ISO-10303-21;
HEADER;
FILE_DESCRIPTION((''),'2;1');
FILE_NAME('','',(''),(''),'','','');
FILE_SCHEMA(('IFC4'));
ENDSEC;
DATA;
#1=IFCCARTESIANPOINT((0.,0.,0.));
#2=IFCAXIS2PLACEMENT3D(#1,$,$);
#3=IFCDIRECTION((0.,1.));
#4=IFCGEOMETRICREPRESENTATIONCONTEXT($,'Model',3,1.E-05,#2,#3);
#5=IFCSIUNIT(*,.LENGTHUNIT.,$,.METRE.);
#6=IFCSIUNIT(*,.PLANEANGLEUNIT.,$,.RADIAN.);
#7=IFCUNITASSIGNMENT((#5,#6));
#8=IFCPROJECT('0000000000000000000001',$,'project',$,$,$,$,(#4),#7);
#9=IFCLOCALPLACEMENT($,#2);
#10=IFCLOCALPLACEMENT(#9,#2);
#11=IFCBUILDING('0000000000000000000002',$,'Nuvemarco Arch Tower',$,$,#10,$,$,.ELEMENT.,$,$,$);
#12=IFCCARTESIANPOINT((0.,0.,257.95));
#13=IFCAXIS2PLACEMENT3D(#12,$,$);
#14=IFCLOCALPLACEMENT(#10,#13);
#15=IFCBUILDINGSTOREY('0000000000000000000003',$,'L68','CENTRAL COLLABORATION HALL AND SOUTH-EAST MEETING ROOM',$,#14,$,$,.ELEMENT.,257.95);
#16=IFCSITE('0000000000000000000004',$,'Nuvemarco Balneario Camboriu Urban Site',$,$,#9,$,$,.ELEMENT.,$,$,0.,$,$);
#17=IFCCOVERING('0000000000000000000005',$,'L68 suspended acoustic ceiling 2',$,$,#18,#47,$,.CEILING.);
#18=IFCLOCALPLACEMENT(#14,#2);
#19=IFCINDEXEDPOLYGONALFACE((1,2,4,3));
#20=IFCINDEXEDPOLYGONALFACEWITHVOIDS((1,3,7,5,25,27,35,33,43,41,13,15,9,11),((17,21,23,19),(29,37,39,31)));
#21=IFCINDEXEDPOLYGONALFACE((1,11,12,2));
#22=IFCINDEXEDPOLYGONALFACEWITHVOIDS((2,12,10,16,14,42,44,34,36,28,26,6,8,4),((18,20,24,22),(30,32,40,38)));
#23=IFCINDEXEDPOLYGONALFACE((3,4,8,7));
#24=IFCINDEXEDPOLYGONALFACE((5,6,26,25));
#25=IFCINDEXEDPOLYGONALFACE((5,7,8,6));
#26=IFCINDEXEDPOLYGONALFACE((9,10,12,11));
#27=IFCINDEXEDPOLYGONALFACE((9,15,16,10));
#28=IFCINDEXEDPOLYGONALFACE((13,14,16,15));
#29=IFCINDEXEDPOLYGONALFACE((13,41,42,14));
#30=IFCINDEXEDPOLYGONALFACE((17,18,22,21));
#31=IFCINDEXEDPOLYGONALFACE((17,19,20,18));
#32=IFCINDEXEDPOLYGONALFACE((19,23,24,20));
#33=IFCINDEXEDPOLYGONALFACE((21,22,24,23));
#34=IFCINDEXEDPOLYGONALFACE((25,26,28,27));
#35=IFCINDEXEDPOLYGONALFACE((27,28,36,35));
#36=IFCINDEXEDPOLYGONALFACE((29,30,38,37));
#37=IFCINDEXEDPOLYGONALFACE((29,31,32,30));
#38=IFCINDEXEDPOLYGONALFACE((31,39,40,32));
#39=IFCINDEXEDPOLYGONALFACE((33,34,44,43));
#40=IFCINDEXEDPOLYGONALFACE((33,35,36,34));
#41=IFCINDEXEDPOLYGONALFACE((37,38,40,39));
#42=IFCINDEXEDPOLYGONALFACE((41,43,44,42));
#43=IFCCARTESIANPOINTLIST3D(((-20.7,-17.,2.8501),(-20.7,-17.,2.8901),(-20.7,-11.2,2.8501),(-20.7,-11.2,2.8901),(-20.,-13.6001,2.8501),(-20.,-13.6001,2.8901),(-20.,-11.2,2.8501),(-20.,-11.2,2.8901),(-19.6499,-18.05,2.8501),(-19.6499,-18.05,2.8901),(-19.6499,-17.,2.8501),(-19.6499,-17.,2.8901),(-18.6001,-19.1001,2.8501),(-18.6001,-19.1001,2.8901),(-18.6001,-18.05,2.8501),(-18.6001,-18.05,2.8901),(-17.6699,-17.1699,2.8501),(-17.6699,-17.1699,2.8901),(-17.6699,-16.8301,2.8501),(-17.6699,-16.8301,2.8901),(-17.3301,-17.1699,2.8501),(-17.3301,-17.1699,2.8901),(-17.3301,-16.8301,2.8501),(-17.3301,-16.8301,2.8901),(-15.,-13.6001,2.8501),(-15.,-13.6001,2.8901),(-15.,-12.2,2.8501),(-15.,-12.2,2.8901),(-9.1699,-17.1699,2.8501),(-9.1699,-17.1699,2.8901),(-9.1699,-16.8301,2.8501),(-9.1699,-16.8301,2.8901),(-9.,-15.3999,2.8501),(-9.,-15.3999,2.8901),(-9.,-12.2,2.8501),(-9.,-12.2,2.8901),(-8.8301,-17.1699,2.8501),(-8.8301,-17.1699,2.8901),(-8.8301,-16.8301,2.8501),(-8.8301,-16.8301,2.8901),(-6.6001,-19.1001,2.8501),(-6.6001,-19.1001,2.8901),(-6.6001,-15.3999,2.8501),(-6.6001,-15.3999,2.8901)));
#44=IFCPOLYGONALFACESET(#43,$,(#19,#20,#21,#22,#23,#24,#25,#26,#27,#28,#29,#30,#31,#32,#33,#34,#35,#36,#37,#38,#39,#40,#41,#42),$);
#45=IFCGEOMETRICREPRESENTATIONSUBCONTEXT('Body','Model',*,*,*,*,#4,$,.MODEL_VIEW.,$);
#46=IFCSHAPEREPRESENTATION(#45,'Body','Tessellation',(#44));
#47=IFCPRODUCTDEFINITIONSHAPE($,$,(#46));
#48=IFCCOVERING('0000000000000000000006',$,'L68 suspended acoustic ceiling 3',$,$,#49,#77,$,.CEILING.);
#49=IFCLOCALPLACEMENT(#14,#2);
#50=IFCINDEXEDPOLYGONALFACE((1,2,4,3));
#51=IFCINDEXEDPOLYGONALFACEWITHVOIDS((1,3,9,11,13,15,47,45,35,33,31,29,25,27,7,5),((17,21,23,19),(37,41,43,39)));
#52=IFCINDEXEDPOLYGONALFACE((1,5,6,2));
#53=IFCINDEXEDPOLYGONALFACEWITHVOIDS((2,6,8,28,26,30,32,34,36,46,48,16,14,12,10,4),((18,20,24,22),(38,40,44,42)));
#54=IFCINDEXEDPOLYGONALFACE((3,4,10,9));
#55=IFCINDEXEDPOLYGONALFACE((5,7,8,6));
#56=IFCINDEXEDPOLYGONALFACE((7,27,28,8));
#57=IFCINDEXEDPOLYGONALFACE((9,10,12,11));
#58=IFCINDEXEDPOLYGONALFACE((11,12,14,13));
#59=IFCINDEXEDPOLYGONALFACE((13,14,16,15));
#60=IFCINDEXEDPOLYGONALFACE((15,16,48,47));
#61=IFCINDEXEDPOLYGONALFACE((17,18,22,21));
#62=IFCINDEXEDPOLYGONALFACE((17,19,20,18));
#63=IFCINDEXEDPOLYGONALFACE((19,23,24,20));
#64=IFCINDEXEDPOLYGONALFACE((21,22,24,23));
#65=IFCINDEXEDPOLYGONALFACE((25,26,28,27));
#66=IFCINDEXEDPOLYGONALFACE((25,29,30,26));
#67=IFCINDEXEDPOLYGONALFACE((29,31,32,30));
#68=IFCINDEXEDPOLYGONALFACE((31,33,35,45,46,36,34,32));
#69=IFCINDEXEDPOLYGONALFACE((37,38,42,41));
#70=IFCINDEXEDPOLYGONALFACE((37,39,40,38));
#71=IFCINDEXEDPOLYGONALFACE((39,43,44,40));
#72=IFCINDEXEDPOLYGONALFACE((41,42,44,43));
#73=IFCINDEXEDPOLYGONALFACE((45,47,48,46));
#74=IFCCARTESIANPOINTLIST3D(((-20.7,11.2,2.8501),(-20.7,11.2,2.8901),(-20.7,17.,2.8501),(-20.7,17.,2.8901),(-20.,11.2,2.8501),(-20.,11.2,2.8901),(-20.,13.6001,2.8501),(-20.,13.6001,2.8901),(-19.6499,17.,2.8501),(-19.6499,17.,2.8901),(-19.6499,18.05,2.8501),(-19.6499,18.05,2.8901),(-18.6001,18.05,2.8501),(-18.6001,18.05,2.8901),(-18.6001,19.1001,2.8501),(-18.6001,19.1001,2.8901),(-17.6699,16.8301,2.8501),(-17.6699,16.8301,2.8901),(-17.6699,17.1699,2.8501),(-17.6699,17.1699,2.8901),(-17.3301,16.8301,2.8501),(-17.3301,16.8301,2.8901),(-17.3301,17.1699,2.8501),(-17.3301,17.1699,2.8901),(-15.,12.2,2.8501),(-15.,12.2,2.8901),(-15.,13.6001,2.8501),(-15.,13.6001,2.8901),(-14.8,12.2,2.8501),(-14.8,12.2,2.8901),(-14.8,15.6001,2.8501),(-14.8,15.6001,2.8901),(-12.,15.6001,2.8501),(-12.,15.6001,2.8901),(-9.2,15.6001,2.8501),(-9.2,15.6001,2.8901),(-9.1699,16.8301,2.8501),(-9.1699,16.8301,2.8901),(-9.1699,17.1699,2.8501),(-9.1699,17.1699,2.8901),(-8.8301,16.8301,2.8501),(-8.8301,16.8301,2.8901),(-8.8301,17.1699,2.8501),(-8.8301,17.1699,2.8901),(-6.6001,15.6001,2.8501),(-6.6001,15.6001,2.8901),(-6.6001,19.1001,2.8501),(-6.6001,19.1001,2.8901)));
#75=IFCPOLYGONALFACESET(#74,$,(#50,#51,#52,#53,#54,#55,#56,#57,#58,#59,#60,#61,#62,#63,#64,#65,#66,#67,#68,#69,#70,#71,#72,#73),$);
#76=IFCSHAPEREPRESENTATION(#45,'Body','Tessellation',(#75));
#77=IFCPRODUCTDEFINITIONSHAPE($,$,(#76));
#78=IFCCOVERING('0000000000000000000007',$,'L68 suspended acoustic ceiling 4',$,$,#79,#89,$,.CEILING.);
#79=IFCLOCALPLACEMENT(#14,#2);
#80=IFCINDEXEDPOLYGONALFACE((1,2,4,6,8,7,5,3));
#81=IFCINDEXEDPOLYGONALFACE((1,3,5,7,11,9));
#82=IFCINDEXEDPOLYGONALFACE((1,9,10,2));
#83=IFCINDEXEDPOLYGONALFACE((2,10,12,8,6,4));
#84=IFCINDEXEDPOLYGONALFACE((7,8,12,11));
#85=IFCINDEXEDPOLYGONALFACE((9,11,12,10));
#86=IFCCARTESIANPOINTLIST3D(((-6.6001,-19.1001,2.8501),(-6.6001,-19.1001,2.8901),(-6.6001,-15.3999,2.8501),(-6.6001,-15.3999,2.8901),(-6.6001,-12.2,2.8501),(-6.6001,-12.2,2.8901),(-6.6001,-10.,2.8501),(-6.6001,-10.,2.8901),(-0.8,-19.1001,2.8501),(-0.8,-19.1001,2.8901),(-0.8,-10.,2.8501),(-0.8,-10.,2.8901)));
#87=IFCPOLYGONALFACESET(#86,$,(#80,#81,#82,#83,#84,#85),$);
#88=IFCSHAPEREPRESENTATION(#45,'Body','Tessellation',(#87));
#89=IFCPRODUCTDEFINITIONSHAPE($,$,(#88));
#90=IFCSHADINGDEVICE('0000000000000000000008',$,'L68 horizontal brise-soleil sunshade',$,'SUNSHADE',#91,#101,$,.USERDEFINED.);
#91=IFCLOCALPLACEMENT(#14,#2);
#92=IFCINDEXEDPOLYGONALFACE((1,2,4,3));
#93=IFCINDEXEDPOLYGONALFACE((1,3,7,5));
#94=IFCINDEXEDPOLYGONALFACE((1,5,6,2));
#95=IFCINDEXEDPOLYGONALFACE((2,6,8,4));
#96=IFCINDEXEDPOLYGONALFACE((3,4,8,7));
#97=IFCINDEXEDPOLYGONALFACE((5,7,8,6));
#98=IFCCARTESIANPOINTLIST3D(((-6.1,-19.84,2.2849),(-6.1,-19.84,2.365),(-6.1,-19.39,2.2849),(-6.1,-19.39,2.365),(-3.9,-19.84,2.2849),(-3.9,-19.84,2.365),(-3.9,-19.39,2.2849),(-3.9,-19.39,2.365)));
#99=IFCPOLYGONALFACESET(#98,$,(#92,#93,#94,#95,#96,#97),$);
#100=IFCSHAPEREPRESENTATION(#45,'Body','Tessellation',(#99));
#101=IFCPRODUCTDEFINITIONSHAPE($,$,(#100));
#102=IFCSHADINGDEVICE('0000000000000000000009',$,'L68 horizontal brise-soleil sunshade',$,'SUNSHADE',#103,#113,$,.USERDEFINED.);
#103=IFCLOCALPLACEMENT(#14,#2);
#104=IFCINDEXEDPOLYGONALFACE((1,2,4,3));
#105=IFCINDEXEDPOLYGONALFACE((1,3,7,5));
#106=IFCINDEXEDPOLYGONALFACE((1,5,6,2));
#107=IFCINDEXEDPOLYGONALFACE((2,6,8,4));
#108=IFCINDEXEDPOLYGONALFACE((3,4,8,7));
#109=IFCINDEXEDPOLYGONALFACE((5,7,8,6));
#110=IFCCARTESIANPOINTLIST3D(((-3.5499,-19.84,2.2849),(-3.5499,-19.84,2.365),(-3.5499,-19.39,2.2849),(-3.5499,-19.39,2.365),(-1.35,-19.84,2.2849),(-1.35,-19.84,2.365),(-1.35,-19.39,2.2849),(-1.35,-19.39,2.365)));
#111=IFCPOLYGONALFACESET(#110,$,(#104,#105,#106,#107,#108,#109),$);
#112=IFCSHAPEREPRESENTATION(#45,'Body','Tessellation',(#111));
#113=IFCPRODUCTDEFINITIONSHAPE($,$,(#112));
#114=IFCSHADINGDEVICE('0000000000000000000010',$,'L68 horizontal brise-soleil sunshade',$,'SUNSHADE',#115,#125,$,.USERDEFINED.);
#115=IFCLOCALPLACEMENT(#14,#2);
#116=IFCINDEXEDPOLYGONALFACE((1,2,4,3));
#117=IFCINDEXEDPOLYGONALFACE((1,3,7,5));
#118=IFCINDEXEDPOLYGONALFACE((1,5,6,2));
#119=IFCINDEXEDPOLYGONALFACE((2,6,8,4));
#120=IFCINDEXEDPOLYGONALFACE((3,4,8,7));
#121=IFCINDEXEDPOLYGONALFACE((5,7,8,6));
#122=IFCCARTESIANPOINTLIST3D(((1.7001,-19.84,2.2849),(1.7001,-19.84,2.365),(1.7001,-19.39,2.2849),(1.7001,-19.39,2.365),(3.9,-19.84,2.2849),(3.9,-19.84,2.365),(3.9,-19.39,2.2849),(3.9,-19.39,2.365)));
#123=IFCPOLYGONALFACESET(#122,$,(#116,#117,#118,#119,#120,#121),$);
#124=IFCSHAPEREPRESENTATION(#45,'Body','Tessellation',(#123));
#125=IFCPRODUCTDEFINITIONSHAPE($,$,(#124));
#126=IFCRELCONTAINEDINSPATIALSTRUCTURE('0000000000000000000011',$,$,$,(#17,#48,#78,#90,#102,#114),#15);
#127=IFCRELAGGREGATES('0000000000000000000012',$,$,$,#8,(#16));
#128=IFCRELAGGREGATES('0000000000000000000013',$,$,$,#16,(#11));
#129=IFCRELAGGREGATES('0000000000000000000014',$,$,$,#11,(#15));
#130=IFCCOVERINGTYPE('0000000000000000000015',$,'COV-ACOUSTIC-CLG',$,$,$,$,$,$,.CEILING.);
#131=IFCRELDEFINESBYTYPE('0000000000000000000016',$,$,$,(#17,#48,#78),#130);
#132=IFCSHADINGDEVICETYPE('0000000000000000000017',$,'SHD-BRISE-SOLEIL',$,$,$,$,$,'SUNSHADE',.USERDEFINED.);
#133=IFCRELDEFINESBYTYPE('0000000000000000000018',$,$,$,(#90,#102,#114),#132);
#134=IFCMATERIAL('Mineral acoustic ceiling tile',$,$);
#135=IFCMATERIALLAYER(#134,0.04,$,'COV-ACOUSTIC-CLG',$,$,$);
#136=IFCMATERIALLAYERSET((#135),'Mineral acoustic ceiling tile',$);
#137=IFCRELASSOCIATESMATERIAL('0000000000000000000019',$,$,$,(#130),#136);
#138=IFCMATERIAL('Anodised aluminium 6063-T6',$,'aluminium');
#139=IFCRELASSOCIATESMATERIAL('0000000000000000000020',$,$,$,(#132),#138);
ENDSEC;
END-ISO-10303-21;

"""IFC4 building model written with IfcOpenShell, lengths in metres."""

from ifc_helpers import new_model, si_unit, direction, frame, origin, origin_2d, place, context, subcontext, project, spatial, polyline, rectangle, outline, extrude, source, transform, mapped, material, layer, layer_set, type_object, type_shapes, element, save


model = new_model("IFC4")

# Units and contexts
model_context = context("Model", 3, precision=1e-05, world=origin(), true_north=direction((0.0, 1.0)))
body_context = subcontext(model_context, "Body", "Model", "MODEL_VIEW")
ifc_project = project(units=[si_unit("LENGTHUNIT", "METRE"), si_unit("PLANEANGLEUNIT", "RADIAN")], contexts=[model_context])

# Site, building, storey
site_placement = place(None, origin())
site = spatial("IfcSite", under=ifc_project, at=site_placement, Name="Nuvemarco Balneario Camboriu Urban Site", CompositionType="ELEMENT", RefElevation=0.0)
building_placement = place(site_placement, origin())
building = spatial("IfcBuilding", under=site, at=building_placement, Name="Nuvemarco Arch Tower", CompositionType="ELEMENT")
storey_placement = place(building_placement, frame((0.0, 0.0, 257.95)))
storey = spatial("IfcBuildingStorey", under=building, at=storey_placement, Name="L68", Description="CENTRAL COLLABORATION HALL AND SOUTH-EAST MEETING ROOM", CompositionType="ELEMENT", Elevation=257.95)

# Coverings
ifc_material_1 = material(Name="Mineral acoustic ceiling tile")
ifc_layer_1 = layer(ifc_material_1, 0.04, Name="COV-ACOUSTIC-CLG")
ifc_layer_set_1 = layer_set([ifc_layer_1], Name="Mineral acoustic ceiling tile")
covering_type = type_object("IfcCoveringType", Name="COV-ACOUSTIC-CLG", PredefinedType="CEILING", material=ifc_layer_set_1)
covering_1_placement = place(storey_placement, frame((0.0, 0.0, 2.8501)))
element("IfcCovering", 1, at=covering_1_placement, inside=storey, type_object=covering_type, Name="L68 suspended acoustic ceiling 2", PredefinedType="CEILING", context=body_context, shape_type="SweptSolid", body=[
    extrude(outline(polyline([(-20.7, -17.0), (-20.7, -11.2), (-20.0, -11.2), (-20.0, -13.6001), (-15.0, -13.6001), (-15.0, -12.2), (-9.0, -12.2), (-9.0, -15.3999), (-6.6001, -15.3999), (-6.6001, -19.1001), (-18.6001, -19.1001), (-18.6001, -18.05), (-19.6499, -18.05), (-19.6499, -17.0), (-20.7, -17.0)]), holes=[polyline([(-17.3301, -16.8301), (-17.6699, -16.8301), (-17.6699, -17.1699), (-17.3301, -17.1699), (-17.3301, -16.8301)]), polyline([(-8.8301, -16.8301), (-9.1699, -16.8301), (-9.1699, -17.1699), (-8.8301, -17.1699), (-8.8301, -16.8301)])]), origin(), (0.0, 0.0, 1.0), 0.04),
])
covering_2_placement = place(storey_placement, frame((0.0, 0.0, 2.8501)))
element("IfcCovering", 2, at=covering_2_placement, inside=storey, type_object=covering_type, Name="L68 suspended acoustic ceiling 3", PredefinedType="CEILING", context=body_context, shape_type="SweptSolid", body=[
    extrude(outline(polyline([(-15.0, 12.2), (-15.0, 13.6001), (-20.0, 13.6001), (-20.0, 11.2), (-20.7, 11.2), (-20.7, 17.0), (-19.6499, 17.0), (-19.6499, 18.05), (-18.6001, 18.05), (-18.6001, 19.1001), (-6.6001, 19.1001), (-6.6001, 15.6001), (-9.2, 15.6001), (-12.0, 15.6001), (-14.8, 15.6001), (-14.8, 12.2), (-15.0, 12.2)]), holes=[polyline([(-17.3301, 17.1699), (-17.6699, 17.1699), (-17.6699, 16.8301), (-17.3301, 16.8301), (-17.3301, 17.1699)]), polyline([(-8.8301, 17.1699), (-9.1699, 17.1699), (-9.1699, 16.8301), (-8.8301, 16.8301), (-8.8301, 17.1699)])]), origin(), (0.0, 0.0, 1.0), 0.04),
])
covering_3_placement = place(storey_placement, frame((0.0, 0.0, 2.8501)))
element("IfcCovering", 3, at=covering_3_placement, inside=storey, type_object=covering_type, Name="L68 suspended acoustic ceiling 4", PredefinedType="CEILING", context=body_context, shape_type="SweptSolid", body=[
    extrude(outline(polyline([(-6.6001, -10.0), (-0.8, -10.0), (-0.8, -19.1001), (-6.6001, -19.1001), (-6.6001, -15.3999), (-6.6001, -12.2), (-6.6001, -10.0)])), origin(), (0.0, 0.0, 1.0), 0.04),
])

# Shading devices
ifc_material_2 = material(Name="Anodised aluminium 6063-T6", Category="aluminium")
shading_device_type = type_object("IfcShadingDeviceType", Name="SHD-BRISE-SOLEIL", ElementType="SUNSHADE", PredefinedType="USERDEFINED", material=ifc_material_2)
shared_shape_1 = source(origin(), body_context, "Body", "SweptSolid", [
    extrude(rectangle(XDim=2.2, YDim=0.45, at=origin_2d()), origin(), (0.0, 0.0, 1.0), 0.0801),
])
type_shapes(shading_device_type, [shared_shape_1])
for number, where, z_axis, x_axis, name in (
    (4, (-5.0, -19.615, 2.2849), (0.0, 0.0, 1.0), (1.0, 0.0, 0.0), "L68 horizontal brise-soleil sunshade"),
    (5, (-2.45, -19.615, 2.2849), (0.0, 0.0, 1.0), (1.0, 0.0, 0.0), "L68 horizontal brise-soleil sunshade"),
    (6, (2.8, -19.615, 2.2849), (0.0, 0.0, 1.0), (1.0, 0.0, 0.0), "L68 horizontal brise-soleil sunshade"),
):
    element("IfcShadingDevice", number, at=place(storey_placement, frame(where, z_axis=z_axis, x_axis=x_axis)), inside=storey, type_object=shading_device_type, Name=name, ObjectType="SUNSHADE", PredefinedType="USERDEFINED", context=body_context, shape_type="MappedRepresentation", body=[
        mapped(shared_shape_1, transform((0.0, 0.0, 0.0), scale=1.0)),
    ])

save(model, "model.ifc")
